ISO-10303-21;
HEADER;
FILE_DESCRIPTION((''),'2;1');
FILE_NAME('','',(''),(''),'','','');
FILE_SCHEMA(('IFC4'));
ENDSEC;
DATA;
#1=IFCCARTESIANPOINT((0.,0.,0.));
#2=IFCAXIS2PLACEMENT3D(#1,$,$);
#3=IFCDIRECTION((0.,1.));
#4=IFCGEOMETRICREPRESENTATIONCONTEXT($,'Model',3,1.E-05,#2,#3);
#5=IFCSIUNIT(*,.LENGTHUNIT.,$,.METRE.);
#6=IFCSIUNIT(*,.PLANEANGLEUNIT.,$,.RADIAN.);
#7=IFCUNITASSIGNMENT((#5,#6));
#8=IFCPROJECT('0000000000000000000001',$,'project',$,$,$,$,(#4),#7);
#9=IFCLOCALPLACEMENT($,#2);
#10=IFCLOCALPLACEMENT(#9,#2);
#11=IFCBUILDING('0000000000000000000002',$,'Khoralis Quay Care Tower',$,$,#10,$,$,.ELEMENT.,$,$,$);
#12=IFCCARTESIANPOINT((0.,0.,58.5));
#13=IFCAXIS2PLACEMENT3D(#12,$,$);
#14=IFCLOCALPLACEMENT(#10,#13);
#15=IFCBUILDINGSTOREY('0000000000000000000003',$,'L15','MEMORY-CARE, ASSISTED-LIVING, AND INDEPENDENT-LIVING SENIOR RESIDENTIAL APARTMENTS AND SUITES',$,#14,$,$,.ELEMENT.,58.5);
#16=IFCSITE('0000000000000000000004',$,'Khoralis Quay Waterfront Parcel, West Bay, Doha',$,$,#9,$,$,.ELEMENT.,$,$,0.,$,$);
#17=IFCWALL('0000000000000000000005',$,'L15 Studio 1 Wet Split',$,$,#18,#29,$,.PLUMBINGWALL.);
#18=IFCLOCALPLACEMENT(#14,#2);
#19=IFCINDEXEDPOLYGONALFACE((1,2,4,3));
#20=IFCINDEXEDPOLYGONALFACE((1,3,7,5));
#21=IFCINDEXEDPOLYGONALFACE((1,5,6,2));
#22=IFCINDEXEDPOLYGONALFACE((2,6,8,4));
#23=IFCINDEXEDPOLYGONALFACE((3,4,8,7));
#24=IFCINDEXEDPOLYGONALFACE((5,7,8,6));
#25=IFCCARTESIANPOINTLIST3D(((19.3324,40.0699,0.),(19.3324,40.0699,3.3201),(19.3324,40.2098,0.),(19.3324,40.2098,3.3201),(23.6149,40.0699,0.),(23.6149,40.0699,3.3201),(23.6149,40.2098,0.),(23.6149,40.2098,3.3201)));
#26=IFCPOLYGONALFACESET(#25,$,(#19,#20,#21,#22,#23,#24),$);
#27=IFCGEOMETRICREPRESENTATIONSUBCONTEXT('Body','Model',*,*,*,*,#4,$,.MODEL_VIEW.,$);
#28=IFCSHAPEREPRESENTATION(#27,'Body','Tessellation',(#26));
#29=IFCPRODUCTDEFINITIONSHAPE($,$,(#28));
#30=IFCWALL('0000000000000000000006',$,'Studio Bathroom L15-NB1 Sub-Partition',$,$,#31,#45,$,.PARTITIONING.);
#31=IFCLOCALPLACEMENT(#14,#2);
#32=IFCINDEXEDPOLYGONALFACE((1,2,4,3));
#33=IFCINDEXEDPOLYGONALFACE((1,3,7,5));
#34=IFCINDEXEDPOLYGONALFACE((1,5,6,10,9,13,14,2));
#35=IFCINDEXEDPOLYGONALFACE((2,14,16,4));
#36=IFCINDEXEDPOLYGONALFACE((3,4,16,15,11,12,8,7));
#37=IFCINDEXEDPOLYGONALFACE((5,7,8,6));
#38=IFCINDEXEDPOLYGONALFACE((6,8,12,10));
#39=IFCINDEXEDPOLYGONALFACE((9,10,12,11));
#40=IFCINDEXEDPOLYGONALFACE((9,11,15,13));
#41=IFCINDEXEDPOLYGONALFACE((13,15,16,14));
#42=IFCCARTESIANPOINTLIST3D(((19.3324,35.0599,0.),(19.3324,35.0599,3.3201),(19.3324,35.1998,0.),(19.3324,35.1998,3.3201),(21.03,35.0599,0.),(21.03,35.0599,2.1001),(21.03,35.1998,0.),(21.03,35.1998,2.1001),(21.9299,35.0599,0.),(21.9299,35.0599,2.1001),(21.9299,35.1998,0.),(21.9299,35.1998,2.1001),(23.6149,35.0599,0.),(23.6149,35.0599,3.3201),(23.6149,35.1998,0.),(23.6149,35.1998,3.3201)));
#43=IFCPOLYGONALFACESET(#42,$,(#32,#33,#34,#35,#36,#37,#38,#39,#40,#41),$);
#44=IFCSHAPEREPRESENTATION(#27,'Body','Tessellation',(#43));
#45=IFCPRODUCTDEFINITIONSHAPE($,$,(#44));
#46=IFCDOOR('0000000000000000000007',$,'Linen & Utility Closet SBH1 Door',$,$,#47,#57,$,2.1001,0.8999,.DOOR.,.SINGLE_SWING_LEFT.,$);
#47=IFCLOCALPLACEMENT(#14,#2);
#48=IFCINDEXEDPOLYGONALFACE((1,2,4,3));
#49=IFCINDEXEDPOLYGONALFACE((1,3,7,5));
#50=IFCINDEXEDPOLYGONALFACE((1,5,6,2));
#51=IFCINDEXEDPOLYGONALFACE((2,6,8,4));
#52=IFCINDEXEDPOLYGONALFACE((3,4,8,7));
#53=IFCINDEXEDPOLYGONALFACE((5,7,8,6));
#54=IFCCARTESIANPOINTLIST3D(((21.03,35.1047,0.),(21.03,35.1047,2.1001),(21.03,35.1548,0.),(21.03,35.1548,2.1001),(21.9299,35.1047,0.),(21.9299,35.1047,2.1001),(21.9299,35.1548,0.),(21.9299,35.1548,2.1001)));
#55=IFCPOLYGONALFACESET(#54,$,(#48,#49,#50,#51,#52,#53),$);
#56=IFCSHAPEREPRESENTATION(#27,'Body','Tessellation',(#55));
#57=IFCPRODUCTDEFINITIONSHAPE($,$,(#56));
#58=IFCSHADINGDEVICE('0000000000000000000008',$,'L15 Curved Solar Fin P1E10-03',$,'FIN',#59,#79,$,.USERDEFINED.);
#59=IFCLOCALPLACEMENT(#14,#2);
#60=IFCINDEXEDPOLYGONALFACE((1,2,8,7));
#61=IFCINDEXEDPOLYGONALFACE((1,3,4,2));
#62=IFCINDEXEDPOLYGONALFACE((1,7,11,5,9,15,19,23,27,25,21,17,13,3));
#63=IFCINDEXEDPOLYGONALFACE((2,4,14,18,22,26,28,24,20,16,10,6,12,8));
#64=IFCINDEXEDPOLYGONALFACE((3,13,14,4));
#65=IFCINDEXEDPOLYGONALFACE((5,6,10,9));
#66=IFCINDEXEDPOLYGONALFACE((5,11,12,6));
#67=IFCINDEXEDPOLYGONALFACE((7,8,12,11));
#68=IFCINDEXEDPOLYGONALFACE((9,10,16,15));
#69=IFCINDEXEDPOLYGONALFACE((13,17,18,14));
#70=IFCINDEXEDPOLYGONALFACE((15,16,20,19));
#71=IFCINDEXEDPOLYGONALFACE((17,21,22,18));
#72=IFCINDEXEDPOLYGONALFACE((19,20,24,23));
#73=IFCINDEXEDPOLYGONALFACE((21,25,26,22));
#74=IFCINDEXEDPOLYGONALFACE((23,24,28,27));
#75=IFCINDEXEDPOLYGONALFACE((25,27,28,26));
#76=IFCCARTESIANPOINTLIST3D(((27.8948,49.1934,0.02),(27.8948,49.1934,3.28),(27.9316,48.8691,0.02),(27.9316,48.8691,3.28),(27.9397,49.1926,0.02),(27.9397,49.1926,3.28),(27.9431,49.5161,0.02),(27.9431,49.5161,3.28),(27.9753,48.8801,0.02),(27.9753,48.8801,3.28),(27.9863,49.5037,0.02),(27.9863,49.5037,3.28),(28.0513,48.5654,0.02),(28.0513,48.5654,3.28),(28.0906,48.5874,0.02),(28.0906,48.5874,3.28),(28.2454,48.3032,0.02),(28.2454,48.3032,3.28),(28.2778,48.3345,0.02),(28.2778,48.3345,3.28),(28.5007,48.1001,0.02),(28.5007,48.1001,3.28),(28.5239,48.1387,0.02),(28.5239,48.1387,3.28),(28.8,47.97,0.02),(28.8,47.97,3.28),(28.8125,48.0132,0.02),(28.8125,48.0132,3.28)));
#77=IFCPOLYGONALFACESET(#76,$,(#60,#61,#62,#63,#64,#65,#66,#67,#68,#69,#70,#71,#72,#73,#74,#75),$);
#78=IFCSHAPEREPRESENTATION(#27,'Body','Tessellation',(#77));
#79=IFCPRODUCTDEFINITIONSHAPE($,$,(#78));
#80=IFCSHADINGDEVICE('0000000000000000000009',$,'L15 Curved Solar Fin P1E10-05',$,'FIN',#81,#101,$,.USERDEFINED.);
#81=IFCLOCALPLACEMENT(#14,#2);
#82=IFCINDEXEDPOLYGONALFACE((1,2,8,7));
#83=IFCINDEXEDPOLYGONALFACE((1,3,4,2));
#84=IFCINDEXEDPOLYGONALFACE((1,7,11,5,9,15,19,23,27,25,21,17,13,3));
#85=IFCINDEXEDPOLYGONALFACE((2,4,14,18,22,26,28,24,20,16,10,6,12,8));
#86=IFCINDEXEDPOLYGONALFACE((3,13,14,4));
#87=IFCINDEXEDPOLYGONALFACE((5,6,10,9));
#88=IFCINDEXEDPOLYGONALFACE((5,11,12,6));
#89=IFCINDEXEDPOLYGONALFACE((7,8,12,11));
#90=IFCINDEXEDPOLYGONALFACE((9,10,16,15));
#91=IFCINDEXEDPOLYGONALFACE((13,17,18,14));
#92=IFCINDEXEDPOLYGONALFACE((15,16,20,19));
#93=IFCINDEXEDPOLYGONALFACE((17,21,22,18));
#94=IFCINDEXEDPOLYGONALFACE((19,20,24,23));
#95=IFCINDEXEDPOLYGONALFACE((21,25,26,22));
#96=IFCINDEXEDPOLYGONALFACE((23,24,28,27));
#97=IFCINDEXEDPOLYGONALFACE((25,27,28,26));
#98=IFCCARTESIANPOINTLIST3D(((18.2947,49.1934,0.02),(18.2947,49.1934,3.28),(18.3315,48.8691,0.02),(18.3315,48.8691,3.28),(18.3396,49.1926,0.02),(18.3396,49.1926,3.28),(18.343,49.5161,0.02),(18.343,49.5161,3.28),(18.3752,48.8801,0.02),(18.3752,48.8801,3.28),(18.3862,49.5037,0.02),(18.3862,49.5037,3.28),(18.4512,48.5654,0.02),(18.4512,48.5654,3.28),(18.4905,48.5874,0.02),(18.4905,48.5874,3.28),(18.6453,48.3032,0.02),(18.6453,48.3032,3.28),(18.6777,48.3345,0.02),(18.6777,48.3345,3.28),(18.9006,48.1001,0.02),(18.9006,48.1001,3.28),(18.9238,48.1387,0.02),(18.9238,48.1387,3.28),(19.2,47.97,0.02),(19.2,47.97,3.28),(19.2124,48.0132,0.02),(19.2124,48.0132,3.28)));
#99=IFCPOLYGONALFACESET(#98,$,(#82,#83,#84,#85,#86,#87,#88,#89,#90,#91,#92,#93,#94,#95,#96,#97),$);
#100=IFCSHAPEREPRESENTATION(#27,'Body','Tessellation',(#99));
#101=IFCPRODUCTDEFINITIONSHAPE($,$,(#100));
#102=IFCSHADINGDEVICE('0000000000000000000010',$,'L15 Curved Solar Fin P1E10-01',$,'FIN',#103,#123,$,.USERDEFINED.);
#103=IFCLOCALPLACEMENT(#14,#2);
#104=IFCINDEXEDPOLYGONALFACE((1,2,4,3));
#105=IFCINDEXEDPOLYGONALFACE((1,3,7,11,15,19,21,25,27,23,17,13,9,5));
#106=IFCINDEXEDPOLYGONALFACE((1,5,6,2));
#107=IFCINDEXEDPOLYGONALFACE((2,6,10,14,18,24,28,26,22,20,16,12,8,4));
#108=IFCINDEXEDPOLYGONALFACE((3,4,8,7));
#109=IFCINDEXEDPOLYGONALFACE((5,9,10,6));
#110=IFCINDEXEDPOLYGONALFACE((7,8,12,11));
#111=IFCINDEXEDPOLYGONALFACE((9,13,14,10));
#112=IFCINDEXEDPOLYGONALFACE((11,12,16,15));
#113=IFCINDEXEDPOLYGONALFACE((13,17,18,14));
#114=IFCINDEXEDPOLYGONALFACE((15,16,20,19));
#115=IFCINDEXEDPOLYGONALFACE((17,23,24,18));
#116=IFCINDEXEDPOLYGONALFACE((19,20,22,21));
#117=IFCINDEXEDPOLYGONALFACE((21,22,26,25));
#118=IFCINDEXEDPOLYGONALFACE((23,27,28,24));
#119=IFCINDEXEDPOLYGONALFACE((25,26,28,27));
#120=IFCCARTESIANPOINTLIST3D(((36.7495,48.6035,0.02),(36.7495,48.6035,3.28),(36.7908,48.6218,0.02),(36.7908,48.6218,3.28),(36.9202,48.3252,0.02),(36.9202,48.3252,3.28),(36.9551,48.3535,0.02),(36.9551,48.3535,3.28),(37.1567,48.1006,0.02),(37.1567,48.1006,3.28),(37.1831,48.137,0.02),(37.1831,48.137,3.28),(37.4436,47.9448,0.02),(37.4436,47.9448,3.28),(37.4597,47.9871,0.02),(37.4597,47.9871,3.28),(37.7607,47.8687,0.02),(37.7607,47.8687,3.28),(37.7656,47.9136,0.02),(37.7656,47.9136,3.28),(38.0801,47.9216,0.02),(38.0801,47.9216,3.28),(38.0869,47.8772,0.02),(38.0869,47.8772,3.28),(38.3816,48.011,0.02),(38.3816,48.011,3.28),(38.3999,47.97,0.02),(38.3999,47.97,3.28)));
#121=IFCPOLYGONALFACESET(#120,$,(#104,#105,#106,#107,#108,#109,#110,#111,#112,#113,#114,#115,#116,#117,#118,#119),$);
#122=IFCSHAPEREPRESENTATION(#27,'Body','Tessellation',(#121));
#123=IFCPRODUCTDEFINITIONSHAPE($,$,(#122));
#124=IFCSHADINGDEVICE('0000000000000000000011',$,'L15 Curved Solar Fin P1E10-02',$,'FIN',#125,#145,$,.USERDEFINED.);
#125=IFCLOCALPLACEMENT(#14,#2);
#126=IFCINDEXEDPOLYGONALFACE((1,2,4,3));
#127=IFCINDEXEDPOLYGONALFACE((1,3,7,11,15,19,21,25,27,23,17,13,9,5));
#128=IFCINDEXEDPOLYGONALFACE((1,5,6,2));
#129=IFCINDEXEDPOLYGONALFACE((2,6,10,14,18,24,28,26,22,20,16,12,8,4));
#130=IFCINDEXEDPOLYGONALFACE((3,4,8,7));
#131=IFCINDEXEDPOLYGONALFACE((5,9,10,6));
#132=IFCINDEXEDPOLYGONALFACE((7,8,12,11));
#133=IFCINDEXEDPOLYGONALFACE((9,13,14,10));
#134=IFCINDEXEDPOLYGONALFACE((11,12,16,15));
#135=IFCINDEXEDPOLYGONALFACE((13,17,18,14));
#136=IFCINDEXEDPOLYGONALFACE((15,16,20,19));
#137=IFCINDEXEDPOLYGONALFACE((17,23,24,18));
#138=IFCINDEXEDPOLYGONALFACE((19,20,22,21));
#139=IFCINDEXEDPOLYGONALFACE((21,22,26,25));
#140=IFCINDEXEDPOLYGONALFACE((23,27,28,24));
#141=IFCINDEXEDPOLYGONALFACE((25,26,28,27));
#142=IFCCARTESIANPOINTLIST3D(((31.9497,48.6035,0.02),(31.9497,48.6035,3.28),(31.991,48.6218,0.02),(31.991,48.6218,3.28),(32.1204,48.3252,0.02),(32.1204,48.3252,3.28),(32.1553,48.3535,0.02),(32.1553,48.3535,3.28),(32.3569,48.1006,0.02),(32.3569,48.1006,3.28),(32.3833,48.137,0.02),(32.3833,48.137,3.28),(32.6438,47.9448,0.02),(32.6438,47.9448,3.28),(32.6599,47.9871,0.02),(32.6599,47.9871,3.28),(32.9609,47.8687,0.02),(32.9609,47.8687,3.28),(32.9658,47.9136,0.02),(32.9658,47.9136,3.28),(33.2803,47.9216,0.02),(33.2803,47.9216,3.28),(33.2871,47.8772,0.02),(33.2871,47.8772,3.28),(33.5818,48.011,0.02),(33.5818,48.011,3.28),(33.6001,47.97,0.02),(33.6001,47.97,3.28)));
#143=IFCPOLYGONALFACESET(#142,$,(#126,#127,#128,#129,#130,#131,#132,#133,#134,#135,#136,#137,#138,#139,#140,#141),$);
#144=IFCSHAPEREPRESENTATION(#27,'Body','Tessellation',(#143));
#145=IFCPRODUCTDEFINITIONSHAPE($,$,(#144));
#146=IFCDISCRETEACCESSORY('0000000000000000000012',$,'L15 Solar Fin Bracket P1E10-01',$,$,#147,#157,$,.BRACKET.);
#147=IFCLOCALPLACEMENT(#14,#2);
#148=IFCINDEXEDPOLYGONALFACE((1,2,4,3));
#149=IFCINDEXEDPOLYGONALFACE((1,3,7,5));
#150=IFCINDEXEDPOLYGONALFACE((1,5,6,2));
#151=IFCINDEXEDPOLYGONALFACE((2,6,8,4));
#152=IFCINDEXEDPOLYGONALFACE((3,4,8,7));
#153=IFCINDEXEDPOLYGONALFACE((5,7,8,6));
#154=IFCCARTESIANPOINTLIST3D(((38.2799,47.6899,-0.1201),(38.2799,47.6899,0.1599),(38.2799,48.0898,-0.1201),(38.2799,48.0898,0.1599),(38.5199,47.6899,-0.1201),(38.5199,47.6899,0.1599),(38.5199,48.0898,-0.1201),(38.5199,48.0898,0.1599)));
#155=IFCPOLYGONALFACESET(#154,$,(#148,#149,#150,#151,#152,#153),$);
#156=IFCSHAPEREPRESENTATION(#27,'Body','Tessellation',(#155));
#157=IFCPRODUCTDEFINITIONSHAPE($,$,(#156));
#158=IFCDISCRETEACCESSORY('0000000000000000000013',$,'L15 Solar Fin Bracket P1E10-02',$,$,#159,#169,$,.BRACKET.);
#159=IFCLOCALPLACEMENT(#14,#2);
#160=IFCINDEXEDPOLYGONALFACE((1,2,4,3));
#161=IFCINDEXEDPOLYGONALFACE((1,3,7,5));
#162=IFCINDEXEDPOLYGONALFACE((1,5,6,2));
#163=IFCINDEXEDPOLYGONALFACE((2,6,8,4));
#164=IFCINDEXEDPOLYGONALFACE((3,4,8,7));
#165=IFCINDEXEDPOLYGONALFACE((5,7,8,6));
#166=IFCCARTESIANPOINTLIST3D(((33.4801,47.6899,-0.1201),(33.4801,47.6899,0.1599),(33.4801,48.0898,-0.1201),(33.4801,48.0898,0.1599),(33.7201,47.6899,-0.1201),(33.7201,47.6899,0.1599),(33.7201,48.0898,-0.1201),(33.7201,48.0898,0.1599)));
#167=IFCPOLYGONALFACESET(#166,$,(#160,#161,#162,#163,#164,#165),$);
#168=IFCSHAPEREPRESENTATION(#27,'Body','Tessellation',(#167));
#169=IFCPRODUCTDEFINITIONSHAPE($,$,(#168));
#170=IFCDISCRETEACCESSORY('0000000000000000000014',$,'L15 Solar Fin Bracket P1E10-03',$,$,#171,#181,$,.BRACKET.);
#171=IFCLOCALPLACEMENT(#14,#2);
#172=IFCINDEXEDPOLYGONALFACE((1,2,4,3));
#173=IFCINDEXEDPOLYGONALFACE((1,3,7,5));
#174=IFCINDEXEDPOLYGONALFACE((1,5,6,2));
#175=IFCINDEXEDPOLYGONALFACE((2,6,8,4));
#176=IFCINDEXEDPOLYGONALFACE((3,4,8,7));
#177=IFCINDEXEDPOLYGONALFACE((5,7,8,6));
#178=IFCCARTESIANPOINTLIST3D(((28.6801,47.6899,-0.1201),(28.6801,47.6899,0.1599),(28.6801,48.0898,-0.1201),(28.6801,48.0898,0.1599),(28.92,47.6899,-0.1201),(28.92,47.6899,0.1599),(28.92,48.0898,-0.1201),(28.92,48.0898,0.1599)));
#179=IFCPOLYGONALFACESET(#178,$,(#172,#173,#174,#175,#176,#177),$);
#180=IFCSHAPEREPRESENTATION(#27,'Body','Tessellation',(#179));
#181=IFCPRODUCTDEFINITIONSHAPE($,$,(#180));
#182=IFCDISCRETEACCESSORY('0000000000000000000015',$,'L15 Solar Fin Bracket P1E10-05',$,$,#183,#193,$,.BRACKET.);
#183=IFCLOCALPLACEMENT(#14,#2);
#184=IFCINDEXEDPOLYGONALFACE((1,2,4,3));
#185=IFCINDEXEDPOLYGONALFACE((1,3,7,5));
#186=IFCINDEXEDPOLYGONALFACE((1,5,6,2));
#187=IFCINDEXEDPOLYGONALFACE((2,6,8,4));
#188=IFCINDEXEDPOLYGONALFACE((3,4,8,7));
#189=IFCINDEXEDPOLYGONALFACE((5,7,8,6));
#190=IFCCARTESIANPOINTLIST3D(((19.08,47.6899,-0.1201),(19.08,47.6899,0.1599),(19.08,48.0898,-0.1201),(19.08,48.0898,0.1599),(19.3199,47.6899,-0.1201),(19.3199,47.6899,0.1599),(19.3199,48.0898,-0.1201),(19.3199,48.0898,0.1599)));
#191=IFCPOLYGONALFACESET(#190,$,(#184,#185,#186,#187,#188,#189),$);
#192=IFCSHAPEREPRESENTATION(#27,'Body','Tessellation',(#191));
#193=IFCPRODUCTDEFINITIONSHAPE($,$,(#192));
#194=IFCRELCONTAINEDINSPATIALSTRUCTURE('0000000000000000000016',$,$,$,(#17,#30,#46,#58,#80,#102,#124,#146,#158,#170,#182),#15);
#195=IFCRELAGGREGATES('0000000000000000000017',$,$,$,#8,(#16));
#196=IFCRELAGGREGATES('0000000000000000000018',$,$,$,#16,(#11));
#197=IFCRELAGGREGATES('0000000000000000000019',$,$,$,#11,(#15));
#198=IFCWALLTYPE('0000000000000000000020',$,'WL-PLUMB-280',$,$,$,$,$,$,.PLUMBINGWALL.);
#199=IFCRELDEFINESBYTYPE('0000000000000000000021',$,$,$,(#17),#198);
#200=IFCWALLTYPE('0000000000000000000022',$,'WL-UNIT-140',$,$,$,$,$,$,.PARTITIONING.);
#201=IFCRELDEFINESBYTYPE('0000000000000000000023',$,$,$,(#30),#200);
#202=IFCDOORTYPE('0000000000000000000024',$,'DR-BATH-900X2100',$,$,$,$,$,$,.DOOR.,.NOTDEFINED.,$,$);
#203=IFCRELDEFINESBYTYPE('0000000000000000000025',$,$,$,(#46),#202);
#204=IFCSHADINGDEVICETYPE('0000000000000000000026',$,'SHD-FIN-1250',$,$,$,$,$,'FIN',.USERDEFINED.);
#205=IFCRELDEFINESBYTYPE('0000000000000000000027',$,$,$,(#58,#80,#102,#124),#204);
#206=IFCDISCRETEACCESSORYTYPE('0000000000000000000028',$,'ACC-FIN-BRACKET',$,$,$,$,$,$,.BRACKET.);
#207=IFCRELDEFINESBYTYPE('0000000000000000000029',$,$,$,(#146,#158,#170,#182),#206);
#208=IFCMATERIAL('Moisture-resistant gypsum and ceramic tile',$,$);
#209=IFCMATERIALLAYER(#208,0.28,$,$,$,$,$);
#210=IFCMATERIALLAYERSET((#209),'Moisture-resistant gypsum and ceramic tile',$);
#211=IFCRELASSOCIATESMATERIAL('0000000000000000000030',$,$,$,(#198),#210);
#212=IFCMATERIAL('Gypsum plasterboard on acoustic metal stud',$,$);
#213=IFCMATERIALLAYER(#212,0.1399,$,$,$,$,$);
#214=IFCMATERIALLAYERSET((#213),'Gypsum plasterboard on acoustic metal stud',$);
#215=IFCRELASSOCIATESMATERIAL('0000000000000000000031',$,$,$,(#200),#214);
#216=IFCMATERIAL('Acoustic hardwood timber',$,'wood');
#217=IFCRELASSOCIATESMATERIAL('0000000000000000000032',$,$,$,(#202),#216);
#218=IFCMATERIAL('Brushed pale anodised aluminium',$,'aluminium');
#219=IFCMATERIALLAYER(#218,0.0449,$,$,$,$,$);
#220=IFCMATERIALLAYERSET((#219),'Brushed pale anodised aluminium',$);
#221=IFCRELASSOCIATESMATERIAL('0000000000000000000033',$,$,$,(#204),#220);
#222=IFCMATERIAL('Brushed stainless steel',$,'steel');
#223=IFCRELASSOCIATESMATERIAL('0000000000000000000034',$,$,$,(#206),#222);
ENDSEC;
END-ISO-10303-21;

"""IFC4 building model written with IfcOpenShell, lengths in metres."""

from ifc_helpers import new_model, si_unit, direction, frame, frame_2d, origin, origin_2d, place, context, subcontext, project, spatial, polyline, rectangle, outline, extrude, source, transform, mapped, material, layer, layer_set, type_object, element, fill, save


model = new_model("IFC4")

# Units and contexts
model_context = context("Model", 3, precision=1e-05, world=origin(), true_north=direction((0.0, 1.0)))
body_context = subcontext(model_context, "Body", "Model", "MODEL_VIEW")
ifc_project = project(units=[si_unit("LENGTHUNIT", "METRE"), si_unit("PLANEANGLEUNIT", "RADIAN")], contexts=[model_context])

# Site, building, storey
site_placement = place(None, origin())
site = spatial("IfcSite", under=ifc_project, at=site_placement, Name="Khoralis Quay Waterfront Parcel, West Bay, Doha", CompositionType="ELEMENT", RefElevation=0.0)
building_placement = place(site_placement, origin())
building = spatial("IfcBuilding", under=site, at=building_placement, Name="Khoralis Quay Care Tower", CompositionType="ELEMENT")
storey_placement = place(building_placement, frame((0.0, 0.0, 58.5)))
storey = spatial("IfcBuildingStorey", under=building, at=storey_placement, Name="L15", Description="MEMORY-CARE, ASSISTED-LIVING, AND INDEPENDENT-LIVING SENIOR RESIDENTIAL APARTMENTS AND SUITES", CompositionType="ELEMENT", Elevation=58.5)

# Wall
ifc_material_1 = material(Name="Moisture-resistant gypsum and ceramic tile")
ifc_layer_1 = layer(ifc_material_1, 0.28)
ifc_layer_set_1 = layer_set([ifc_layer_1], Name="Moisture-resistant gypsum and ceramic tile")
wall_type_1 = type_object("IfcWallType", Name="WL-PLUMB-280", PredefinedType="PLUMBINGWALL", material=ifc_layer_set_1)
wall_1_placement = place(storey_placement, frame((19.3325, 40.1399, 0.0), z_axis=(0.0, 0.0, 1.0), x_axis=(1.0, 0.0, 0.0)))
element("IfcWall", 1, at=wall_1_placement, inside=storey, type_object=wall_type_1, Name="L15 Studio 1 Wet Split", PredefinedType="PLUMBINGWALL", context=body_context, shape_type="SweptSolid", body=[
    extrude(rectangle(XDim=4.2825, YDim=0.1399, at=frame_2d((2.1411, 0.0))), origin(), (0.0, 0.0, 1.0), 3.3201),
])

# Wall, opening, door
ifc_material_2 = material(Name="Gypsum plasterboard on acoustic metal stud")
ifc_layer_2 = layer(ifc_material_2, 0.1399)
ifc_layer_set_2 = layer_set([ifc_layer_2], Name="Gypsum plasterboard on acoustic metal stud")
wall_type_2 = type_object("IfcWallType", Name="WL-UNIT-140", PredefinedType="PARTITIONING", material=ifc_layer_set_2)
wall_2_placement = place(storey_placement, frame((19.3325, 35.1299, 0.0), z_axis=(0.0, 0.0, 1.0), x_axis=(1.0, 0.0, 0.0)))
wall_2 = element("IfcWall", 2, at=wall_2_placement, inside=storey, type_object=wall_type_2, Name="Studio Bathroom L15-NB1 Sub-Partition", PredefinedType="PARTITIONING", context=body_context, shape_type="SweptSolid", body=[
    extrude(rectangle(XDim=4.2825, YDim=0.1399, at=frame_2d((2.1411, 0.0))), origin(), (0.0, 0.0, 1.0), 3.3201),
])
opening_placement = place(wall_2_placement, frame((1.6975, 0.0, 0.0)))
opening = element("IfcOpeningElement", 3, at=opening_placement, cuts=wall_2, PredefinedType="OPENING", context=body_context, shape_type="SweptSolid", body=[
    extrude(rectangle(XDim=0.8999, YDim=2.1001, at=frame_2d((0.45, 1.05))), frame((0.0, 0.0801, 0.0), z_axis=(0.0, -1.0, 0.0), x_axis=(1.0, 0.0, 0.0)), (0.0, 0.0, 1.0), 0.1599),
])
ifc_material_3 = material(Name="Acoustic hardwood timber", Category="wood")
door_type = type_object("IfcDoorType", Name="DR-BATH-900X2100", OperationType="NOTDEFINED", PredefinedType="DOOR", material=ifc_material_3)
shared_shape_1 = source(origin(), body_context, "Body", "SweptSolid", [
    extrude(rectangle(XDim=0.8999, YDim=2.1001, at=frame_2d((0.45, 1.05))), frame((0.0, 0.0249, 0.0), z_axis=(0.0, -1.0, 0.0), x_axis=(1.0, 0.0, 0.0)), (0.0, 0.0, 1.0), 0.05),
])
door_placement = place(opening_placement, origin())
door = element("IfcDoor", 4, at=door_placement, inside=storey, type_object=door_type, Name="Linen & Utility Closet SBH1 Door", OperationType="SINGLE_SWING_LEFT", OverallHeight=2.1001, OverallWidth=0.8999, PredefinedType="DOOR", context=body_context, shape_type="MappedRepresentation", body=[
    mapped(shared_shape_1, transform((0.0, 0.0, 0.0), scale=1.0)),
])
fill(opening, door)

# Shading devices
ifc_material_4 = material(Name="Brushed pale anodised aluminium", Category="aluminium")
ifc_layer_3 = layer(ifc_material_4, 0.0449)
ifc_layer_set_3 = layer_set([ifc_layer_3], Name="Brushed pale anodised aluminium")
shading_device_type = type_object("IfcShadingDeviceType", Name="SHD-FIN-1250", ElementType="FIN", PredefinedType="USERDEFINED", material=ifc_layer_set_3)
shared_shape_2 = source(origin(), body_context, "Body", "SweptSolid", [
    extrude(outline(polyline([(0.0, 0.0), (0.1301, 0.2993), (0.3333, 0.5547), (0.5955, 0.7488), (0.8992, 0.8684), (1.2234, 0.9053), (1.5461, 0.8569), (1.5337, 0.8137), (1.2227, 0.8604), (0.9102, 0.8247), (0.6174, 0.7095), (0.3645, 0.5222), (0.1687, 0.2761), (0.0432, -0.0125), (0.0, 0.0)])), origin(), (0.0, 0.0, 1.0), 3.26),
])
for number, where, z_axis, x_axis, name in (
    (5, (28.8, 47.97, 0.02), (0.0, 0.0, 1.0), (0.0, 1.0, 0.0), "L15 Curved Solar Fin P1E10-03"),
    (6, (19.2, 47.97, 0.02), (0.0, 0.0, 1.0), (0.0, 1.0, 0.0), "L15 Curved Solar Fin P1E10-05"),
):
    element("IfcShadingDevice", number, at=place(storey_placement, frame(where, z_axis=z_axis, x_axis=x_axis)), inside=storey, type_object=shading_device_type, Name=name, ObjectType="FIN", PredefinedType="USERDEFINED", context=body_context, shape_type="MappedRepresentation", body=[
        mapped(shared_shape_2, transform((0.0, 0.0, 0.0), scale=1.0)),
    ])
shared_shape_3 = source(origin(), body_context, "Body", "SweptSolid", [
    extrude(outline(polyline([(0.0, 0.0), (-0.0928, 0.313), (-0.1013, 0.6392), (-0.0251, 0.9563), (0.1306, 1.2432), (0.3552, 1.4797), (0.6335, 1.6504), (0.6519, 1.6091), (0.3835, 1.4448), (0.167, 1.2168), (0.0171, 0.9402), (-0.0564, 0.6343), (-0.0483, 0.3198), (0.041, 0.0183), (0.0, 0.0)])), origin(), (0.0, 0.0, 1.0), 3.26),
])
for number, where, z_axis, x_axis, name in (
    (7, (38.3999, 47.97, 0.02), (0.0, 0.0, 1.0), (0.0, 1.0, 0.0), "L15 Curved Solar Fin P1E10-01"),
    (8, (33.6001, 47.97, 0.02), (0.0, 0.0, 1.0), (0.0, 1.0, 0.0), "L15 Curved Solar Fin P1E10-02"),
):
    element("IfcShadingDevice", number, at=place(storey_placement, frame(where, z_axis=z_axis, x_axis=x_axis)), inside=storey, type_object=shading_device_type, Name=name, ObjectType="FIN", PredefinedType="USERDEFINED", context=body_context, shape_type="MappedRepresentation", body=[
        mapped(shared_shape_3, transform((0.0, 0.0, 0.0), scale=1.0)),
    ])

# Discrete accessories
ifc_material_5 = material(Name="Brushed stainless steel", Category="steel")
discrete_accessory_type = type_object("IfcDiscreteAccessoryType", Name="ACC-FIN-BRACKET", PredefinedType="BRACKET", material=ifc_material_5)
shared_shape_4 = source(origin(), body_context, "Body", "SweptSolid", [
    extrude(rectangle(XDim=0.3999, YDim=0.24, at=origin_2d()), origin(), (0.0, 0.0, 1.0), 0.28),
])
for number, where, z_axis, x_axis, name in (
    (9, (38.3999, 47.8899, -0.1201), (0.0, 0.0, 1.0), (0.0, 1.0, 0.0), "L15 Solar Fin Bracket P1E10-01"),
    (10, (33.6001, 47.8899, -0.1201), (0.0, 0.0, 1.0), (0.0, 1.0, 0.0), "L15 Solar Fin Bracket P1E10-02"),
    (11, (28.8, 47.8899, -0.1201), (0.0, 0.0, 1.0), (0.0, 1.0, 0.0), "L15 Solar Fin Bracket P1E10-03"),
    (12, (19.2, 47.8899, -0.1201), (0.0, 0.0, 1.0), (0.0, 1.0, 0.0), "L15 Solar Fin Bracket P1E10-05"),
):
    element("IfcDiscreteAccessory", number, at=place(storey_placement, frame(where, z_axis=z_axis, x_axis=x_axis)), inside=storey, type_object=discrete_accessory_type, Name=name, PredefinedType="BRACKET", context=body_context, shape_type="MappedRepresentation", body=[
        mapped(shared_shape_4, transform((0.0, 0.0, 0.0), scale=1.0)),
    ])

save(model, "model.ifc")
